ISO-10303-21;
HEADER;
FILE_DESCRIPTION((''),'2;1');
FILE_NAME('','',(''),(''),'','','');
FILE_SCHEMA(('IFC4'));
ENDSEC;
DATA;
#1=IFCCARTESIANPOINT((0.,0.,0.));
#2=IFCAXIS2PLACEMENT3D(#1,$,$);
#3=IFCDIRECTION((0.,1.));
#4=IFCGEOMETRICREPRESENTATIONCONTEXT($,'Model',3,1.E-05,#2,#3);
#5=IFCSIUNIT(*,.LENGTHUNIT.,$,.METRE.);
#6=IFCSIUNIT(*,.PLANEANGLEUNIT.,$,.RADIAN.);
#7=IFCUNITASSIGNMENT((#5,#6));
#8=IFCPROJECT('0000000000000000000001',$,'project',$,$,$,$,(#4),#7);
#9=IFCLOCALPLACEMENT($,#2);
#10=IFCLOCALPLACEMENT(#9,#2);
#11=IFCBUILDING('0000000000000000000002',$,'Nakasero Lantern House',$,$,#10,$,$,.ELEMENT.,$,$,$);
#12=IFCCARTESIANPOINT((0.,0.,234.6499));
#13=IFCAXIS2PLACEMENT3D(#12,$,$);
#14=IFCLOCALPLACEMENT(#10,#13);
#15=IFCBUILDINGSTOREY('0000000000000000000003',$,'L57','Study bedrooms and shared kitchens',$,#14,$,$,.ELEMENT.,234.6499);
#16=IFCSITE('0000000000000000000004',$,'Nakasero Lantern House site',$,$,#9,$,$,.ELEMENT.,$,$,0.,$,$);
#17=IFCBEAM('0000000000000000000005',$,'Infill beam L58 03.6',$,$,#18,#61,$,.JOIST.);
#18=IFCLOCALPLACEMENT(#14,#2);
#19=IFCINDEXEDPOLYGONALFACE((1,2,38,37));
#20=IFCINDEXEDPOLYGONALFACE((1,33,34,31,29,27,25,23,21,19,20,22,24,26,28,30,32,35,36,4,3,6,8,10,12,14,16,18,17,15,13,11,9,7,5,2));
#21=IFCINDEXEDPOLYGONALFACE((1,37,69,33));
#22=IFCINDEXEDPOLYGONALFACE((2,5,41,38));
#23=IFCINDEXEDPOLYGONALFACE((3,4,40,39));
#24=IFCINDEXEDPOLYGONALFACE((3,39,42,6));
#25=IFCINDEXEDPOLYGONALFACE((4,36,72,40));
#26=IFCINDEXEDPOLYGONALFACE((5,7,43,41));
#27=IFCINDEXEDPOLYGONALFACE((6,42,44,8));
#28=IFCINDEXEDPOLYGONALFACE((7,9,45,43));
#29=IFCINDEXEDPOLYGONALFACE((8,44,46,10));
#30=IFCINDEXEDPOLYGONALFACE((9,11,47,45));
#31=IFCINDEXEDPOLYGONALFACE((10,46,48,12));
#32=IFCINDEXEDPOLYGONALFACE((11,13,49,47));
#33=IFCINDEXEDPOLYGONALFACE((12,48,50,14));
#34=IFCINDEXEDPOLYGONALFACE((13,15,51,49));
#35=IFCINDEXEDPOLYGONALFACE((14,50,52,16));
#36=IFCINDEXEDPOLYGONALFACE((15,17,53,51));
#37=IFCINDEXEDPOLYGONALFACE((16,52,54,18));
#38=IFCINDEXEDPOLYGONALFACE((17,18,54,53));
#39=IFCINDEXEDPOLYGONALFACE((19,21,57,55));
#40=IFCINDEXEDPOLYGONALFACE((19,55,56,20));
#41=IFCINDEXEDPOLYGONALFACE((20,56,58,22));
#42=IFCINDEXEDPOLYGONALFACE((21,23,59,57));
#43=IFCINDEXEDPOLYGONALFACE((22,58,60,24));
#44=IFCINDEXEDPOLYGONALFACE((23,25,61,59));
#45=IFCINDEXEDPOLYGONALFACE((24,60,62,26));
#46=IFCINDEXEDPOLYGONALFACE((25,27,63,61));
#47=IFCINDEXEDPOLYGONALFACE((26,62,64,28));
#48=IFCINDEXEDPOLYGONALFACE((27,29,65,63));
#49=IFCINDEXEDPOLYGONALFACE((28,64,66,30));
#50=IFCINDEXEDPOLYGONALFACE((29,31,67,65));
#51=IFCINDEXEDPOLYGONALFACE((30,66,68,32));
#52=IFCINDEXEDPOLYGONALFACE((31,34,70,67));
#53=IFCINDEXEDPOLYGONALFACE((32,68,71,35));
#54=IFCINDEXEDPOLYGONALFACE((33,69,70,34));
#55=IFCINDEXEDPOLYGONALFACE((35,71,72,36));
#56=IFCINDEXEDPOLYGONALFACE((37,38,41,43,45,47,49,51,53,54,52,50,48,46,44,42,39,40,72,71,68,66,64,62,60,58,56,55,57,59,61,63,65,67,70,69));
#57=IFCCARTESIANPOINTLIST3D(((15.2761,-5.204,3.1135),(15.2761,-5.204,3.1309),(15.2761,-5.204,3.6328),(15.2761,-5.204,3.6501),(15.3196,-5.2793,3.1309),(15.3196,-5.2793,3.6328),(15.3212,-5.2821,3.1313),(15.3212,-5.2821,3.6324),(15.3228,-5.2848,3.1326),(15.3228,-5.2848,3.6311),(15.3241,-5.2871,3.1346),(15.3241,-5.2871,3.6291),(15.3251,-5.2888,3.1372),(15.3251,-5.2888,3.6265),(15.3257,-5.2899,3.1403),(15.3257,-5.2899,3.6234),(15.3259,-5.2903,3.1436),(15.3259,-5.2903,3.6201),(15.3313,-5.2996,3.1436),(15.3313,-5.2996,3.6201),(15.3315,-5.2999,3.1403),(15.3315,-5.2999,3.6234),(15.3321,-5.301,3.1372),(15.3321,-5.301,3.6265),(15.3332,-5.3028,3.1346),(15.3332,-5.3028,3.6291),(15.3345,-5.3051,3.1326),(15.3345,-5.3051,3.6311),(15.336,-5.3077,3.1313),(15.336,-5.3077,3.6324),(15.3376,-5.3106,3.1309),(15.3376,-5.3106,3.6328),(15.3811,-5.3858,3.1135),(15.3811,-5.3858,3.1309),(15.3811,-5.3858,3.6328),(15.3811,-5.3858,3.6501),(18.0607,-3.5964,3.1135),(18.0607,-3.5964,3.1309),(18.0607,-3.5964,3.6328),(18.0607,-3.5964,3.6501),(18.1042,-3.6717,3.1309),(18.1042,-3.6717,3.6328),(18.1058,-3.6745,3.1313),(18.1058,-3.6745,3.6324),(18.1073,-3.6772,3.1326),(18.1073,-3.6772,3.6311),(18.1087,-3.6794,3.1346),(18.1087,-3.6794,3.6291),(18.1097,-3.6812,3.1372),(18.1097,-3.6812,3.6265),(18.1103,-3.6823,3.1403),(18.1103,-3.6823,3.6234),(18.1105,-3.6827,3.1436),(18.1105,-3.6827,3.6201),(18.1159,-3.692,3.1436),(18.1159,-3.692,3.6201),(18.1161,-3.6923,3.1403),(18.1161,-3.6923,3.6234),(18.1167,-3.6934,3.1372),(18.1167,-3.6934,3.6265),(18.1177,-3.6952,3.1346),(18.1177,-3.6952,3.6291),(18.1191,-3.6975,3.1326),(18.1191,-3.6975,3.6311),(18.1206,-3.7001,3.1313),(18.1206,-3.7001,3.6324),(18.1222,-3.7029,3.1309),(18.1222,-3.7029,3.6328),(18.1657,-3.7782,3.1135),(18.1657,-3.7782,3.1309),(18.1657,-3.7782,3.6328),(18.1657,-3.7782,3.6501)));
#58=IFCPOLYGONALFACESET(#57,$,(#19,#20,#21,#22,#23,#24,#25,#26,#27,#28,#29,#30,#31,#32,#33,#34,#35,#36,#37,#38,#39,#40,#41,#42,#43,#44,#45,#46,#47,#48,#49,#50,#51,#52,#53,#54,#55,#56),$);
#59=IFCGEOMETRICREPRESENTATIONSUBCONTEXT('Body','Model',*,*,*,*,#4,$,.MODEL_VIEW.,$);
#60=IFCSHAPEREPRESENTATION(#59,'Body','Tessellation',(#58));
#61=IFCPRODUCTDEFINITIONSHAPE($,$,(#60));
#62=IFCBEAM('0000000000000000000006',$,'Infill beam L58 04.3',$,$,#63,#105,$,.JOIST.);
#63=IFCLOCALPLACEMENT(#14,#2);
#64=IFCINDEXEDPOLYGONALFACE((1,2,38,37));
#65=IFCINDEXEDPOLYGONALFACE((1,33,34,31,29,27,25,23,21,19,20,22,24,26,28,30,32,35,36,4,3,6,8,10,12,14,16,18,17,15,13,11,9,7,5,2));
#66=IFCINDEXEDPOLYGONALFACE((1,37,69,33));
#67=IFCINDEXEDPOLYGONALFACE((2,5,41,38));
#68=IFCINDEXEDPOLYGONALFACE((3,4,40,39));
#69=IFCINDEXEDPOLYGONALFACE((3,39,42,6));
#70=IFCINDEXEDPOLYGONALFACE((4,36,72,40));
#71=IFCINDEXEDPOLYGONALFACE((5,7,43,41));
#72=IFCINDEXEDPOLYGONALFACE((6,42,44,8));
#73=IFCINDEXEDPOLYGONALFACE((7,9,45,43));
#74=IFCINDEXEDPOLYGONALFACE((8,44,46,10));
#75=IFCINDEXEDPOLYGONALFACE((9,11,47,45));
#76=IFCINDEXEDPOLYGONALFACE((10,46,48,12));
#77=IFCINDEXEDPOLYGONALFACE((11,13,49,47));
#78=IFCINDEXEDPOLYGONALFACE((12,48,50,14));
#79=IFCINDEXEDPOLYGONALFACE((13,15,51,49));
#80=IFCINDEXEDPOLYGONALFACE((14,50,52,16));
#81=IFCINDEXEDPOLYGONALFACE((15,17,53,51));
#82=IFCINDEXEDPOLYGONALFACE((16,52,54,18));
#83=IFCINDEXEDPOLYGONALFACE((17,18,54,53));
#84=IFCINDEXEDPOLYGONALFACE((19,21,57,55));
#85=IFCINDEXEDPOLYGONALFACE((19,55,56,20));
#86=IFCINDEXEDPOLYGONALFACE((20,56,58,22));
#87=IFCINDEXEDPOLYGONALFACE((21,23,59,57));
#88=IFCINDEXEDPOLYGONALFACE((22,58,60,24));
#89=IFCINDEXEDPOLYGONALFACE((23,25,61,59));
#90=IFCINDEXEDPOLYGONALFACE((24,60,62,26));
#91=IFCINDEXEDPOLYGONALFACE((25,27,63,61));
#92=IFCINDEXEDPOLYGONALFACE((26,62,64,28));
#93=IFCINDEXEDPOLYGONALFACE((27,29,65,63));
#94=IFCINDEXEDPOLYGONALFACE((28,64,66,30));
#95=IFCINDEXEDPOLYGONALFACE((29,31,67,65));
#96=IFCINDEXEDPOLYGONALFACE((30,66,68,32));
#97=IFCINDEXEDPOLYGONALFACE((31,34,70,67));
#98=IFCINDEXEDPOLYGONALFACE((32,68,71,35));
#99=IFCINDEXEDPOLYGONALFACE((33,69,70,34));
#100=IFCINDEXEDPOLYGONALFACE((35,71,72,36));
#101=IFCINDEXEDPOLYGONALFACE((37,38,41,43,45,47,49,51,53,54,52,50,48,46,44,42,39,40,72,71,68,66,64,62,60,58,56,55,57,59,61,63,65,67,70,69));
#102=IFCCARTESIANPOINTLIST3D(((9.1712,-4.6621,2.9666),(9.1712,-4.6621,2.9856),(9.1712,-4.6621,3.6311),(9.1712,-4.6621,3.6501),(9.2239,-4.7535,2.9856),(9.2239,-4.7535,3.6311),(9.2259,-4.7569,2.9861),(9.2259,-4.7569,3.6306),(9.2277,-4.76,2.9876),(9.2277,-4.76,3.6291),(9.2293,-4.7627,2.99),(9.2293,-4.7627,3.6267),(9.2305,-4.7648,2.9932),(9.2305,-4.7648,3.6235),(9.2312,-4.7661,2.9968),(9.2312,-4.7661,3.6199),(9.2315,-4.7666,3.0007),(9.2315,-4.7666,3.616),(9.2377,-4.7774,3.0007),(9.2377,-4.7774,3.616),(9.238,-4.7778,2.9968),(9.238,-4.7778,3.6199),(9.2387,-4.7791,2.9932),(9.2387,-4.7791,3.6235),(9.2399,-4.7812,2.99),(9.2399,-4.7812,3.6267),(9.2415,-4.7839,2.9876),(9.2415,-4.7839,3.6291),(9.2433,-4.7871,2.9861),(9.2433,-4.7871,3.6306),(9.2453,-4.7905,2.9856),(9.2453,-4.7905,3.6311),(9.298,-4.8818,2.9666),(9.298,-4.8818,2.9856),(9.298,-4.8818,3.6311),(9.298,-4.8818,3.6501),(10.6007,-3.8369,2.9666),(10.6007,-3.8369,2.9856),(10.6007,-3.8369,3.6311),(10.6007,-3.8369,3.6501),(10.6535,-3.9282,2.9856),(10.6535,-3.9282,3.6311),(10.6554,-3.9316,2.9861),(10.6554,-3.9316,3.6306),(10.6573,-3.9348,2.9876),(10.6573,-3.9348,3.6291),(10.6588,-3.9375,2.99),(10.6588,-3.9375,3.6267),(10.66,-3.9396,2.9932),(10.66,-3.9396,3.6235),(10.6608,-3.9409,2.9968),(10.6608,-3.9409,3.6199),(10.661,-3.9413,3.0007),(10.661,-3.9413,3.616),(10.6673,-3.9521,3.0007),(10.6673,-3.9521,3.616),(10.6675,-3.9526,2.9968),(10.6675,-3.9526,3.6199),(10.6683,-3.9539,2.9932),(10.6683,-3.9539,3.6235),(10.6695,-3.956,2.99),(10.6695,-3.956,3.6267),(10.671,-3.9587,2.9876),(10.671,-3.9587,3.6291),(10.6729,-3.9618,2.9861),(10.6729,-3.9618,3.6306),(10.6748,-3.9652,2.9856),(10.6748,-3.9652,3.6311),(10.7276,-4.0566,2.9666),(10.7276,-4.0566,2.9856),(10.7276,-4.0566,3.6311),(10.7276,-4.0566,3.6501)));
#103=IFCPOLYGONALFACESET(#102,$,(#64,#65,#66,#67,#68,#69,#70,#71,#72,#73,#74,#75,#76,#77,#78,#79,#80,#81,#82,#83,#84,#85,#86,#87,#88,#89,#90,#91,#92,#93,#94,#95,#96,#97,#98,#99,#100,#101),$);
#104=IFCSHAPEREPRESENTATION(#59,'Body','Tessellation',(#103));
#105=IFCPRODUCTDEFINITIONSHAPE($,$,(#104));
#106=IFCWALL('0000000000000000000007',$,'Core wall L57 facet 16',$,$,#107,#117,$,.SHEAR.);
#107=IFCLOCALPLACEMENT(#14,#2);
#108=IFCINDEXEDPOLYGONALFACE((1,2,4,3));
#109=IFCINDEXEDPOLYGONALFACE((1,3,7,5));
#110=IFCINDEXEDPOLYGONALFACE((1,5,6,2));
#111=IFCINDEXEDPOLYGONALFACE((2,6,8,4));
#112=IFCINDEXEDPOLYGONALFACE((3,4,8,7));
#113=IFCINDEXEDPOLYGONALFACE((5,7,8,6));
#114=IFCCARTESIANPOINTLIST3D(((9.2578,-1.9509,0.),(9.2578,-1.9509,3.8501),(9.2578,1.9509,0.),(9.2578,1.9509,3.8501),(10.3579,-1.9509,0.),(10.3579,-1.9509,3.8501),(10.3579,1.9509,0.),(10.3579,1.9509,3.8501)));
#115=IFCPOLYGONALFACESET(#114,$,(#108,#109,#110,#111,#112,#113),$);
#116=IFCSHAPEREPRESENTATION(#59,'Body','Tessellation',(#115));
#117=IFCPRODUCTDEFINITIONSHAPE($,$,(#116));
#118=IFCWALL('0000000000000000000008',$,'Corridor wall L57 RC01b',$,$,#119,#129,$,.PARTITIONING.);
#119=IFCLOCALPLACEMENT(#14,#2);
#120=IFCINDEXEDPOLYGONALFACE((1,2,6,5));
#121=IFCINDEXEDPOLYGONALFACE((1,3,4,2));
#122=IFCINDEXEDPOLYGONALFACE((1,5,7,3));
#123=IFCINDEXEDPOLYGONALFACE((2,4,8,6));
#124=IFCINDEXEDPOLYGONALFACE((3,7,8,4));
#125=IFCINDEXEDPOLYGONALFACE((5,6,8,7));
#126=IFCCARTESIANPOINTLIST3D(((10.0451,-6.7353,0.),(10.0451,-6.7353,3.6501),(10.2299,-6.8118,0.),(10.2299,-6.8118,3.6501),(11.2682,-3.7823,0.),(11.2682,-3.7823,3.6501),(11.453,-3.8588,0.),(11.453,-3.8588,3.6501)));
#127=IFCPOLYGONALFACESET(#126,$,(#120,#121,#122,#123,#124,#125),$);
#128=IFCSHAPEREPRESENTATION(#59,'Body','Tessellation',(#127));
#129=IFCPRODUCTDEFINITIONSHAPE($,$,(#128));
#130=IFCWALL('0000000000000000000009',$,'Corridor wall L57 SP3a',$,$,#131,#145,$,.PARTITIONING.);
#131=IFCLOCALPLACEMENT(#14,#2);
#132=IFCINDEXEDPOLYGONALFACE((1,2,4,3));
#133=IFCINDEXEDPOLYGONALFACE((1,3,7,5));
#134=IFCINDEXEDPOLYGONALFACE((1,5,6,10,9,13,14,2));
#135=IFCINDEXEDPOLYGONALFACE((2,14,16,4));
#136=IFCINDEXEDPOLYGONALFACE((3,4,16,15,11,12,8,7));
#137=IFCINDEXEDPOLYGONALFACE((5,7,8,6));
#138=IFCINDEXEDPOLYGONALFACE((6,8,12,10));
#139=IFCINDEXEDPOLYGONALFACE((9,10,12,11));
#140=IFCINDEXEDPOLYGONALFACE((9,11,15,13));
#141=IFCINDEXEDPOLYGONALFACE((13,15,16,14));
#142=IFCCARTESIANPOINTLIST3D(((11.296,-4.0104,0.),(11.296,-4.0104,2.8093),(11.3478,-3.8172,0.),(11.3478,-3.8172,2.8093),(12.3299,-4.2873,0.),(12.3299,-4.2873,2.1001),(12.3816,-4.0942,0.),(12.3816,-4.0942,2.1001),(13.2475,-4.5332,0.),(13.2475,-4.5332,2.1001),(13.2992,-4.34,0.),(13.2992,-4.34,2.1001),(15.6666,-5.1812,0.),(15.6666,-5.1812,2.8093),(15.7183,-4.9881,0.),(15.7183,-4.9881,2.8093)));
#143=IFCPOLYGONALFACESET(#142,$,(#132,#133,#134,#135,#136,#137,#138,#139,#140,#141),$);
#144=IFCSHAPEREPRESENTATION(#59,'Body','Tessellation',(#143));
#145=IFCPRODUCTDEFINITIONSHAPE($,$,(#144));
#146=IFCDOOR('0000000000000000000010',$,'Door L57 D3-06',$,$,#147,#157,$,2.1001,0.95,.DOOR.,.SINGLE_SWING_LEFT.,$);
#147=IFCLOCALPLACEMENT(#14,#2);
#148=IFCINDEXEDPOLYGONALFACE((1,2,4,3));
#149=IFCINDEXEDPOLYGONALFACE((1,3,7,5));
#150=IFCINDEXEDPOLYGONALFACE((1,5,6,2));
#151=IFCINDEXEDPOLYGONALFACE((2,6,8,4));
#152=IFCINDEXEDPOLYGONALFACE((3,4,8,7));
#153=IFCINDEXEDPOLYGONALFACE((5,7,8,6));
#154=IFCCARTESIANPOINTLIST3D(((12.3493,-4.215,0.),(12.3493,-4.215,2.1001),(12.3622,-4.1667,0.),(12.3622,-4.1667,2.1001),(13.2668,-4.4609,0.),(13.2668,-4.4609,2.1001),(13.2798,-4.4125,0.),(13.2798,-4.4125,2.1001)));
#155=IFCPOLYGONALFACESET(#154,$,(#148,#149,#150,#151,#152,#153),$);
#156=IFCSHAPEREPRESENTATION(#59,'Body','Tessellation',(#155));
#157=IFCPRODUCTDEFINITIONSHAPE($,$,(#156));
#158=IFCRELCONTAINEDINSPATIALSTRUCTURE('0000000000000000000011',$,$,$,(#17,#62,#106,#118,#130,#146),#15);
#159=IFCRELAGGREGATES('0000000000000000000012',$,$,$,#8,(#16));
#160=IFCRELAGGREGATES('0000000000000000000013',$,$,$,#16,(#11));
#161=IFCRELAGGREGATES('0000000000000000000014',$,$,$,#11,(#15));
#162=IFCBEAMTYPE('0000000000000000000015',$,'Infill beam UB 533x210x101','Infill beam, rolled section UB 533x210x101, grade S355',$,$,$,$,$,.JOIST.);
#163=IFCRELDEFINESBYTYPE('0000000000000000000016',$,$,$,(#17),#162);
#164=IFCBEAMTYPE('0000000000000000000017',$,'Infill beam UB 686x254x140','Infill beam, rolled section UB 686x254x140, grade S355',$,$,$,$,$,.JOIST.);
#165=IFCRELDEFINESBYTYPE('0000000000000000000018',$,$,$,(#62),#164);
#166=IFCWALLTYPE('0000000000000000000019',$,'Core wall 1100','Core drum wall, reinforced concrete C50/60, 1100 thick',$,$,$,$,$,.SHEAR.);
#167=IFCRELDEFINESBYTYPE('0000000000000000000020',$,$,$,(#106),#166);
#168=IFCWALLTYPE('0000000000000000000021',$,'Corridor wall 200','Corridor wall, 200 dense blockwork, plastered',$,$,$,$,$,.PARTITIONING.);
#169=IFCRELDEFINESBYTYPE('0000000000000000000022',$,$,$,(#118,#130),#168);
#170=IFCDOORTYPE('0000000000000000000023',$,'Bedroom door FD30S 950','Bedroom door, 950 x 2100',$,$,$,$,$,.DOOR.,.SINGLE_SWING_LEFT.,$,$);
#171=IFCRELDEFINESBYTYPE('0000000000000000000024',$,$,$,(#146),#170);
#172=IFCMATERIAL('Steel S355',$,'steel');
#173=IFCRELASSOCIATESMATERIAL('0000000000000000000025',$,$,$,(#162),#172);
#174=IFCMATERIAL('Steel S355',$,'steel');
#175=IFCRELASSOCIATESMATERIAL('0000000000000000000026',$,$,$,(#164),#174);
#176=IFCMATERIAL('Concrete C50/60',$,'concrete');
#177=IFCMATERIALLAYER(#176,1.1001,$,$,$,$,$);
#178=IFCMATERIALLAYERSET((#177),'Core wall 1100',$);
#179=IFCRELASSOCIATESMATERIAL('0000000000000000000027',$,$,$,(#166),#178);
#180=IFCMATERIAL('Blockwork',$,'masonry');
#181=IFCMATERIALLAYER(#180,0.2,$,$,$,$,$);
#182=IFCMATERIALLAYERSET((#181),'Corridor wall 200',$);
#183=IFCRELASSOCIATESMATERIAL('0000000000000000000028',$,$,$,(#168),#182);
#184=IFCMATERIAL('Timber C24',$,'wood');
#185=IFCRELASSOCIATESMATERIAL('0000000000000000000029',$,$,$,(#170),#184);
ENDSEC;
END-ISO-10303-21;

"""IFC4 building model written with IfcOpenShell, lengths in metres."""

from ifc_helpers import new_model, si_unit, direction, frame, frame_2d, origin, origin_2d, place, context, subcontext, project, spatial, rectangle, i_section, extrude, material, layer, layer_set, material_profile, profile_set, type_object, element, fill, save


model = new_model("IFC4")

# Units and contexts
model_context = context("Model", 3, precision=1e-05, world=origin(), true_north=direction((0.0, 1.0)))
body_context = subcontext(model_context, "Body", "Model", "MODEL_VIEW")
ifc_project = project(units=[si_unit("LENGTHUNIT", "METRE"), si_unit("PLANEANGLEUNIT", "RADIAN")], contexts=[model_context])

# Site, building, storey
site_placement = place(None, origin())
site = spatial("IfcSite", under=ifc_project, at=site_placement, Name="Nakasero Lantern House site", CompositionType="ELEMENT", RefElevation=0.0)
building_placement = place(site_placement, origin())
building = spatial("IfcBuilding", under=site, at=building_placement, Name="Nakasero Lantern House", CompositionType="ELEMENT")
storey_placement = place(building_placement, frame((0.0, 0.0, 234.6499)))
storey = spatial("IfcBuildingStorey", under=building, at=storey_placement, Name="L57", Description="Study bedrooms and shared kitchens", CompositionType="ELEMENT", Elevation=234.6499)

# Beams
ifc_material_1 = material(Name="Steel S355", Category="steel")
ifc_material_profile_1 = material_profile(ifc_material_1, i_section(OverallWidth=0.21, OverallDepth=0.5366, WebThickness=0.0107, FlangeThickness=0.0173, FilletRadius=0.0127, at=origin_2d()), Name="UB 533x210x101")
ifc_profile_set_1 = profile_set([ifc_material_profile_1], Name="Steel S355")
beam_type_1 = type_object("IfcBeamType", Name="Infill beam UB 533x210x101", Description="Infill beam, rolled section UB 533x210x101, grade S355", PredefinedType="JOIST", material=ifc_profile_set_1)
beam_1_placement = place(storey_placement, frame((15.3286, -5.2949, 3.3818), z_axis=(0.866034, 0.499985, 0.0), x_axis=(-0.499985, 0.866034, 0.0)))
element("IfcBeam", 1, at=beam_1_placement, inside=storey, type_object=beam_type_1, Name="Infill beam L58 03.6", PredefinedType="JOIST", context=body_context, shape_type="SweptSolid", body=[
    extrude(i_section(OverallWidth=0.21, OverallDepth=0.5366, WebThickness=0.0107, FlangeThickness=0.0173, FilletRadius=0.0127, at=origin_2d()), origin(), (0.0, 0.0, 1.0), 3.2153),
])
ifc_material_2 = material(Name="Steel S355", Category="steel")
ifc_material_profile_2 = material_profile(ifc_material_2, i_section(OverallWidth=0.2537, OverallDepth=0.6836, WebThickness=0.0125, FlangeThickness=0.019, FilletRadius=0.0151, at=origin_2d()), Name="UB 686x254x140")
ifc_profile_set_2 = profile_set([ifc_material_profile_2], Name="Steel S355")
beam_type_2 = type_object("IfcBeamType", Name="Infill beam UB 686x254x140", Description="Infill beam, rolled section UB 686x254x140, grade S355", PredefinedType="JOIST", material=ifc_profile_set_2)
beam_2_placement = place(storey_placement, frame((9.2346, -4.772, 3.3083), z_axis=(0.86605, 0.499957, 0.0), x_axis=(-0.499957, 0.86605, 0.0)))
element("IfcBeam", 2, at=beam_2_placement, inside=storey, type_object=beam_type_2, Name="Infill beam L58 04.3", PredefinedType="JOIST", context=body_context, shape_type="SweptSolid", body=[
    extrude(i_section(OverallWidth=0.2537, OverallDepth=0.6836, WebThickness=0.0125, FlangeThickness=0.019, FilletRadius=0.0151, at=origin_2d()), origin(), (0.0, 0.0, 1.0), 1.6506),
])

# Walls
ifc_material_3 = material(Name="Concrete C50/60", Category="concrete")
ifc_layer_1 = layer(ifc_material_3, 1.1001)
ifc_layer_set_1 = layer_set([ifc_layer_1], Name="Core wall 1100")
wall_type_1 = type_object("IfcWallType", Name="Core wall 1100", Description="Core drum wall, reinforced concrete C50/60, 1100 thick", PredefinedType="SHEAR", material=ifc_layer_set_1)
wall_1_placement = place(storey_placement, frame((9.8079, -1.9509, 0.0), z_axis=(0.0, 0.0, 1.0), x_axis=(0.0, 1.0, 0.0)))
element("IfcWall", 3, at=wall_1_placement, inside=storey, type_object=wall_type_1, Name="Core wall L57 facet 16", PredefinedType="SHEAR", context=body_context, shape_type="SweptSolid", body=[
    extrude(rectangle(XDim=3.9019, YDim=1.1001, at=frame_2d((1.9509, 0.0))), origin(), (0.0, 0.0, 1.0), 3.8501),
])
ifc_material_4 = material(Name="Blockwork", Category="masonry")
ifc_layer_2 = layer(ifc_material_4, 0.2)
ifc_layer_set_2 = layer_set([ifc_layer_2], Name="Corridor wall 200")
wall_type_2 = type_object("IfcWallType", Name="Corridor wall 200", Description="Corridor wall, 200 dense blockwork, plastered", PredefinedType="PARTITIONING", material=ifc_layer_set_2)
wall_2_placement = place(storey_placement, frame((11.3606, -3.8206, 0.0), z_axis=(0.0, 0.0, 1.0), x_axis=(-0.382662, -0.923888, 0.0)))
element("IfcWall", 4, at=wall_2_placement, inside=storey, type_object=wall_type_2, Name="Corridor wall L57 RC01b", PredefinedType="PARTITIONING", context=body_context, shape_type="SweptSolid", body=[
    extrude(rectangle(XDim=3.1963, YDim=0.2, at=frame_2d((1.5981, 0.0))), origin(), (0.0, 0.0, 1.0), 3.6501),
])

# Wall, opening, door
wall_3_placement = place(storey_placement, frame((11.322, -3.9138, 0.0), z_axis=(0.0, 0.0, 1.0), x_axis=(0.965937, -0.258777, 0.0)))
wall_3 = element("IfcWall", 5, at=wall_3_placement, inside=storey, type_object=wall_type_2, Name="Corridor wall L57 SP3a", PredefinedType="PARTITIONING", context=body_context, shape_type="SweptSolid", body=[
    extrude(rectangle(XDim=4.5247, YDim=0.2, at=frame_2d((2.2622, 0.0))), origin(), (0.0, 0.0, 1.0), 2.8093),
])
opening_1_placement = place(wall_3_placement, frame((1.0701, 0.0, 0.0)))
opening_1 = element("IfcOpeningElement", 6, at=opening_1_placement, cuts=wall_3, PredefinedType="OPENING", context=body_context, shape_type="SweptSolid", body=[
    extrude(rectangle(XDim=0.95, YDim=2.1001, at=frame_2d((0.4751, 1.05))), frame((0.0, 0.1199, 0.0), z_axis=(0.0, -1.0, 0.0), x_axis=(1.0, 0.0, 0.0)), (0.0, 0.0, 1.0), 0.24),
])
ifc_material_5 = material(Name="Timber C24", Category="wood")
door_type_1 = type_object("IfcDoorType", Name="Bedroom door FD30S 950", Description="Bedroom door, 950 x 2100", OperationType="SINGLE_SWING_LEFT", PredefinedType="DOOR", material=ifc_material_5)
door_1_placement = place(opening_1_placement, origin())
door_1 = element("IfcDoor", 7, at=door_1_placement, inside=storey, type_object=door_type_1, Name="Door L57 D3-06", OperationType="SINGLE_SWING_LEFT", OverallHeight=2.1001, OverallWidth=0.95, PredefinedType="DOOR", context=body_context, shape_type="SweptSolid", body=[
    extrude(rectangle(XDim=0.95, YDim=2.1001, at=frame_2d((0.4751, 1.05))), frame((0.0, 0.0249, 0.0), z_axis=(0.0, -1.0, 0.0), x_axis=(1.0, 0.0, 0.0)), (0.0, 0.0, 1.0), 0.05),
])
fill(opening_1, door_1)

save(model, "model.ifc")
